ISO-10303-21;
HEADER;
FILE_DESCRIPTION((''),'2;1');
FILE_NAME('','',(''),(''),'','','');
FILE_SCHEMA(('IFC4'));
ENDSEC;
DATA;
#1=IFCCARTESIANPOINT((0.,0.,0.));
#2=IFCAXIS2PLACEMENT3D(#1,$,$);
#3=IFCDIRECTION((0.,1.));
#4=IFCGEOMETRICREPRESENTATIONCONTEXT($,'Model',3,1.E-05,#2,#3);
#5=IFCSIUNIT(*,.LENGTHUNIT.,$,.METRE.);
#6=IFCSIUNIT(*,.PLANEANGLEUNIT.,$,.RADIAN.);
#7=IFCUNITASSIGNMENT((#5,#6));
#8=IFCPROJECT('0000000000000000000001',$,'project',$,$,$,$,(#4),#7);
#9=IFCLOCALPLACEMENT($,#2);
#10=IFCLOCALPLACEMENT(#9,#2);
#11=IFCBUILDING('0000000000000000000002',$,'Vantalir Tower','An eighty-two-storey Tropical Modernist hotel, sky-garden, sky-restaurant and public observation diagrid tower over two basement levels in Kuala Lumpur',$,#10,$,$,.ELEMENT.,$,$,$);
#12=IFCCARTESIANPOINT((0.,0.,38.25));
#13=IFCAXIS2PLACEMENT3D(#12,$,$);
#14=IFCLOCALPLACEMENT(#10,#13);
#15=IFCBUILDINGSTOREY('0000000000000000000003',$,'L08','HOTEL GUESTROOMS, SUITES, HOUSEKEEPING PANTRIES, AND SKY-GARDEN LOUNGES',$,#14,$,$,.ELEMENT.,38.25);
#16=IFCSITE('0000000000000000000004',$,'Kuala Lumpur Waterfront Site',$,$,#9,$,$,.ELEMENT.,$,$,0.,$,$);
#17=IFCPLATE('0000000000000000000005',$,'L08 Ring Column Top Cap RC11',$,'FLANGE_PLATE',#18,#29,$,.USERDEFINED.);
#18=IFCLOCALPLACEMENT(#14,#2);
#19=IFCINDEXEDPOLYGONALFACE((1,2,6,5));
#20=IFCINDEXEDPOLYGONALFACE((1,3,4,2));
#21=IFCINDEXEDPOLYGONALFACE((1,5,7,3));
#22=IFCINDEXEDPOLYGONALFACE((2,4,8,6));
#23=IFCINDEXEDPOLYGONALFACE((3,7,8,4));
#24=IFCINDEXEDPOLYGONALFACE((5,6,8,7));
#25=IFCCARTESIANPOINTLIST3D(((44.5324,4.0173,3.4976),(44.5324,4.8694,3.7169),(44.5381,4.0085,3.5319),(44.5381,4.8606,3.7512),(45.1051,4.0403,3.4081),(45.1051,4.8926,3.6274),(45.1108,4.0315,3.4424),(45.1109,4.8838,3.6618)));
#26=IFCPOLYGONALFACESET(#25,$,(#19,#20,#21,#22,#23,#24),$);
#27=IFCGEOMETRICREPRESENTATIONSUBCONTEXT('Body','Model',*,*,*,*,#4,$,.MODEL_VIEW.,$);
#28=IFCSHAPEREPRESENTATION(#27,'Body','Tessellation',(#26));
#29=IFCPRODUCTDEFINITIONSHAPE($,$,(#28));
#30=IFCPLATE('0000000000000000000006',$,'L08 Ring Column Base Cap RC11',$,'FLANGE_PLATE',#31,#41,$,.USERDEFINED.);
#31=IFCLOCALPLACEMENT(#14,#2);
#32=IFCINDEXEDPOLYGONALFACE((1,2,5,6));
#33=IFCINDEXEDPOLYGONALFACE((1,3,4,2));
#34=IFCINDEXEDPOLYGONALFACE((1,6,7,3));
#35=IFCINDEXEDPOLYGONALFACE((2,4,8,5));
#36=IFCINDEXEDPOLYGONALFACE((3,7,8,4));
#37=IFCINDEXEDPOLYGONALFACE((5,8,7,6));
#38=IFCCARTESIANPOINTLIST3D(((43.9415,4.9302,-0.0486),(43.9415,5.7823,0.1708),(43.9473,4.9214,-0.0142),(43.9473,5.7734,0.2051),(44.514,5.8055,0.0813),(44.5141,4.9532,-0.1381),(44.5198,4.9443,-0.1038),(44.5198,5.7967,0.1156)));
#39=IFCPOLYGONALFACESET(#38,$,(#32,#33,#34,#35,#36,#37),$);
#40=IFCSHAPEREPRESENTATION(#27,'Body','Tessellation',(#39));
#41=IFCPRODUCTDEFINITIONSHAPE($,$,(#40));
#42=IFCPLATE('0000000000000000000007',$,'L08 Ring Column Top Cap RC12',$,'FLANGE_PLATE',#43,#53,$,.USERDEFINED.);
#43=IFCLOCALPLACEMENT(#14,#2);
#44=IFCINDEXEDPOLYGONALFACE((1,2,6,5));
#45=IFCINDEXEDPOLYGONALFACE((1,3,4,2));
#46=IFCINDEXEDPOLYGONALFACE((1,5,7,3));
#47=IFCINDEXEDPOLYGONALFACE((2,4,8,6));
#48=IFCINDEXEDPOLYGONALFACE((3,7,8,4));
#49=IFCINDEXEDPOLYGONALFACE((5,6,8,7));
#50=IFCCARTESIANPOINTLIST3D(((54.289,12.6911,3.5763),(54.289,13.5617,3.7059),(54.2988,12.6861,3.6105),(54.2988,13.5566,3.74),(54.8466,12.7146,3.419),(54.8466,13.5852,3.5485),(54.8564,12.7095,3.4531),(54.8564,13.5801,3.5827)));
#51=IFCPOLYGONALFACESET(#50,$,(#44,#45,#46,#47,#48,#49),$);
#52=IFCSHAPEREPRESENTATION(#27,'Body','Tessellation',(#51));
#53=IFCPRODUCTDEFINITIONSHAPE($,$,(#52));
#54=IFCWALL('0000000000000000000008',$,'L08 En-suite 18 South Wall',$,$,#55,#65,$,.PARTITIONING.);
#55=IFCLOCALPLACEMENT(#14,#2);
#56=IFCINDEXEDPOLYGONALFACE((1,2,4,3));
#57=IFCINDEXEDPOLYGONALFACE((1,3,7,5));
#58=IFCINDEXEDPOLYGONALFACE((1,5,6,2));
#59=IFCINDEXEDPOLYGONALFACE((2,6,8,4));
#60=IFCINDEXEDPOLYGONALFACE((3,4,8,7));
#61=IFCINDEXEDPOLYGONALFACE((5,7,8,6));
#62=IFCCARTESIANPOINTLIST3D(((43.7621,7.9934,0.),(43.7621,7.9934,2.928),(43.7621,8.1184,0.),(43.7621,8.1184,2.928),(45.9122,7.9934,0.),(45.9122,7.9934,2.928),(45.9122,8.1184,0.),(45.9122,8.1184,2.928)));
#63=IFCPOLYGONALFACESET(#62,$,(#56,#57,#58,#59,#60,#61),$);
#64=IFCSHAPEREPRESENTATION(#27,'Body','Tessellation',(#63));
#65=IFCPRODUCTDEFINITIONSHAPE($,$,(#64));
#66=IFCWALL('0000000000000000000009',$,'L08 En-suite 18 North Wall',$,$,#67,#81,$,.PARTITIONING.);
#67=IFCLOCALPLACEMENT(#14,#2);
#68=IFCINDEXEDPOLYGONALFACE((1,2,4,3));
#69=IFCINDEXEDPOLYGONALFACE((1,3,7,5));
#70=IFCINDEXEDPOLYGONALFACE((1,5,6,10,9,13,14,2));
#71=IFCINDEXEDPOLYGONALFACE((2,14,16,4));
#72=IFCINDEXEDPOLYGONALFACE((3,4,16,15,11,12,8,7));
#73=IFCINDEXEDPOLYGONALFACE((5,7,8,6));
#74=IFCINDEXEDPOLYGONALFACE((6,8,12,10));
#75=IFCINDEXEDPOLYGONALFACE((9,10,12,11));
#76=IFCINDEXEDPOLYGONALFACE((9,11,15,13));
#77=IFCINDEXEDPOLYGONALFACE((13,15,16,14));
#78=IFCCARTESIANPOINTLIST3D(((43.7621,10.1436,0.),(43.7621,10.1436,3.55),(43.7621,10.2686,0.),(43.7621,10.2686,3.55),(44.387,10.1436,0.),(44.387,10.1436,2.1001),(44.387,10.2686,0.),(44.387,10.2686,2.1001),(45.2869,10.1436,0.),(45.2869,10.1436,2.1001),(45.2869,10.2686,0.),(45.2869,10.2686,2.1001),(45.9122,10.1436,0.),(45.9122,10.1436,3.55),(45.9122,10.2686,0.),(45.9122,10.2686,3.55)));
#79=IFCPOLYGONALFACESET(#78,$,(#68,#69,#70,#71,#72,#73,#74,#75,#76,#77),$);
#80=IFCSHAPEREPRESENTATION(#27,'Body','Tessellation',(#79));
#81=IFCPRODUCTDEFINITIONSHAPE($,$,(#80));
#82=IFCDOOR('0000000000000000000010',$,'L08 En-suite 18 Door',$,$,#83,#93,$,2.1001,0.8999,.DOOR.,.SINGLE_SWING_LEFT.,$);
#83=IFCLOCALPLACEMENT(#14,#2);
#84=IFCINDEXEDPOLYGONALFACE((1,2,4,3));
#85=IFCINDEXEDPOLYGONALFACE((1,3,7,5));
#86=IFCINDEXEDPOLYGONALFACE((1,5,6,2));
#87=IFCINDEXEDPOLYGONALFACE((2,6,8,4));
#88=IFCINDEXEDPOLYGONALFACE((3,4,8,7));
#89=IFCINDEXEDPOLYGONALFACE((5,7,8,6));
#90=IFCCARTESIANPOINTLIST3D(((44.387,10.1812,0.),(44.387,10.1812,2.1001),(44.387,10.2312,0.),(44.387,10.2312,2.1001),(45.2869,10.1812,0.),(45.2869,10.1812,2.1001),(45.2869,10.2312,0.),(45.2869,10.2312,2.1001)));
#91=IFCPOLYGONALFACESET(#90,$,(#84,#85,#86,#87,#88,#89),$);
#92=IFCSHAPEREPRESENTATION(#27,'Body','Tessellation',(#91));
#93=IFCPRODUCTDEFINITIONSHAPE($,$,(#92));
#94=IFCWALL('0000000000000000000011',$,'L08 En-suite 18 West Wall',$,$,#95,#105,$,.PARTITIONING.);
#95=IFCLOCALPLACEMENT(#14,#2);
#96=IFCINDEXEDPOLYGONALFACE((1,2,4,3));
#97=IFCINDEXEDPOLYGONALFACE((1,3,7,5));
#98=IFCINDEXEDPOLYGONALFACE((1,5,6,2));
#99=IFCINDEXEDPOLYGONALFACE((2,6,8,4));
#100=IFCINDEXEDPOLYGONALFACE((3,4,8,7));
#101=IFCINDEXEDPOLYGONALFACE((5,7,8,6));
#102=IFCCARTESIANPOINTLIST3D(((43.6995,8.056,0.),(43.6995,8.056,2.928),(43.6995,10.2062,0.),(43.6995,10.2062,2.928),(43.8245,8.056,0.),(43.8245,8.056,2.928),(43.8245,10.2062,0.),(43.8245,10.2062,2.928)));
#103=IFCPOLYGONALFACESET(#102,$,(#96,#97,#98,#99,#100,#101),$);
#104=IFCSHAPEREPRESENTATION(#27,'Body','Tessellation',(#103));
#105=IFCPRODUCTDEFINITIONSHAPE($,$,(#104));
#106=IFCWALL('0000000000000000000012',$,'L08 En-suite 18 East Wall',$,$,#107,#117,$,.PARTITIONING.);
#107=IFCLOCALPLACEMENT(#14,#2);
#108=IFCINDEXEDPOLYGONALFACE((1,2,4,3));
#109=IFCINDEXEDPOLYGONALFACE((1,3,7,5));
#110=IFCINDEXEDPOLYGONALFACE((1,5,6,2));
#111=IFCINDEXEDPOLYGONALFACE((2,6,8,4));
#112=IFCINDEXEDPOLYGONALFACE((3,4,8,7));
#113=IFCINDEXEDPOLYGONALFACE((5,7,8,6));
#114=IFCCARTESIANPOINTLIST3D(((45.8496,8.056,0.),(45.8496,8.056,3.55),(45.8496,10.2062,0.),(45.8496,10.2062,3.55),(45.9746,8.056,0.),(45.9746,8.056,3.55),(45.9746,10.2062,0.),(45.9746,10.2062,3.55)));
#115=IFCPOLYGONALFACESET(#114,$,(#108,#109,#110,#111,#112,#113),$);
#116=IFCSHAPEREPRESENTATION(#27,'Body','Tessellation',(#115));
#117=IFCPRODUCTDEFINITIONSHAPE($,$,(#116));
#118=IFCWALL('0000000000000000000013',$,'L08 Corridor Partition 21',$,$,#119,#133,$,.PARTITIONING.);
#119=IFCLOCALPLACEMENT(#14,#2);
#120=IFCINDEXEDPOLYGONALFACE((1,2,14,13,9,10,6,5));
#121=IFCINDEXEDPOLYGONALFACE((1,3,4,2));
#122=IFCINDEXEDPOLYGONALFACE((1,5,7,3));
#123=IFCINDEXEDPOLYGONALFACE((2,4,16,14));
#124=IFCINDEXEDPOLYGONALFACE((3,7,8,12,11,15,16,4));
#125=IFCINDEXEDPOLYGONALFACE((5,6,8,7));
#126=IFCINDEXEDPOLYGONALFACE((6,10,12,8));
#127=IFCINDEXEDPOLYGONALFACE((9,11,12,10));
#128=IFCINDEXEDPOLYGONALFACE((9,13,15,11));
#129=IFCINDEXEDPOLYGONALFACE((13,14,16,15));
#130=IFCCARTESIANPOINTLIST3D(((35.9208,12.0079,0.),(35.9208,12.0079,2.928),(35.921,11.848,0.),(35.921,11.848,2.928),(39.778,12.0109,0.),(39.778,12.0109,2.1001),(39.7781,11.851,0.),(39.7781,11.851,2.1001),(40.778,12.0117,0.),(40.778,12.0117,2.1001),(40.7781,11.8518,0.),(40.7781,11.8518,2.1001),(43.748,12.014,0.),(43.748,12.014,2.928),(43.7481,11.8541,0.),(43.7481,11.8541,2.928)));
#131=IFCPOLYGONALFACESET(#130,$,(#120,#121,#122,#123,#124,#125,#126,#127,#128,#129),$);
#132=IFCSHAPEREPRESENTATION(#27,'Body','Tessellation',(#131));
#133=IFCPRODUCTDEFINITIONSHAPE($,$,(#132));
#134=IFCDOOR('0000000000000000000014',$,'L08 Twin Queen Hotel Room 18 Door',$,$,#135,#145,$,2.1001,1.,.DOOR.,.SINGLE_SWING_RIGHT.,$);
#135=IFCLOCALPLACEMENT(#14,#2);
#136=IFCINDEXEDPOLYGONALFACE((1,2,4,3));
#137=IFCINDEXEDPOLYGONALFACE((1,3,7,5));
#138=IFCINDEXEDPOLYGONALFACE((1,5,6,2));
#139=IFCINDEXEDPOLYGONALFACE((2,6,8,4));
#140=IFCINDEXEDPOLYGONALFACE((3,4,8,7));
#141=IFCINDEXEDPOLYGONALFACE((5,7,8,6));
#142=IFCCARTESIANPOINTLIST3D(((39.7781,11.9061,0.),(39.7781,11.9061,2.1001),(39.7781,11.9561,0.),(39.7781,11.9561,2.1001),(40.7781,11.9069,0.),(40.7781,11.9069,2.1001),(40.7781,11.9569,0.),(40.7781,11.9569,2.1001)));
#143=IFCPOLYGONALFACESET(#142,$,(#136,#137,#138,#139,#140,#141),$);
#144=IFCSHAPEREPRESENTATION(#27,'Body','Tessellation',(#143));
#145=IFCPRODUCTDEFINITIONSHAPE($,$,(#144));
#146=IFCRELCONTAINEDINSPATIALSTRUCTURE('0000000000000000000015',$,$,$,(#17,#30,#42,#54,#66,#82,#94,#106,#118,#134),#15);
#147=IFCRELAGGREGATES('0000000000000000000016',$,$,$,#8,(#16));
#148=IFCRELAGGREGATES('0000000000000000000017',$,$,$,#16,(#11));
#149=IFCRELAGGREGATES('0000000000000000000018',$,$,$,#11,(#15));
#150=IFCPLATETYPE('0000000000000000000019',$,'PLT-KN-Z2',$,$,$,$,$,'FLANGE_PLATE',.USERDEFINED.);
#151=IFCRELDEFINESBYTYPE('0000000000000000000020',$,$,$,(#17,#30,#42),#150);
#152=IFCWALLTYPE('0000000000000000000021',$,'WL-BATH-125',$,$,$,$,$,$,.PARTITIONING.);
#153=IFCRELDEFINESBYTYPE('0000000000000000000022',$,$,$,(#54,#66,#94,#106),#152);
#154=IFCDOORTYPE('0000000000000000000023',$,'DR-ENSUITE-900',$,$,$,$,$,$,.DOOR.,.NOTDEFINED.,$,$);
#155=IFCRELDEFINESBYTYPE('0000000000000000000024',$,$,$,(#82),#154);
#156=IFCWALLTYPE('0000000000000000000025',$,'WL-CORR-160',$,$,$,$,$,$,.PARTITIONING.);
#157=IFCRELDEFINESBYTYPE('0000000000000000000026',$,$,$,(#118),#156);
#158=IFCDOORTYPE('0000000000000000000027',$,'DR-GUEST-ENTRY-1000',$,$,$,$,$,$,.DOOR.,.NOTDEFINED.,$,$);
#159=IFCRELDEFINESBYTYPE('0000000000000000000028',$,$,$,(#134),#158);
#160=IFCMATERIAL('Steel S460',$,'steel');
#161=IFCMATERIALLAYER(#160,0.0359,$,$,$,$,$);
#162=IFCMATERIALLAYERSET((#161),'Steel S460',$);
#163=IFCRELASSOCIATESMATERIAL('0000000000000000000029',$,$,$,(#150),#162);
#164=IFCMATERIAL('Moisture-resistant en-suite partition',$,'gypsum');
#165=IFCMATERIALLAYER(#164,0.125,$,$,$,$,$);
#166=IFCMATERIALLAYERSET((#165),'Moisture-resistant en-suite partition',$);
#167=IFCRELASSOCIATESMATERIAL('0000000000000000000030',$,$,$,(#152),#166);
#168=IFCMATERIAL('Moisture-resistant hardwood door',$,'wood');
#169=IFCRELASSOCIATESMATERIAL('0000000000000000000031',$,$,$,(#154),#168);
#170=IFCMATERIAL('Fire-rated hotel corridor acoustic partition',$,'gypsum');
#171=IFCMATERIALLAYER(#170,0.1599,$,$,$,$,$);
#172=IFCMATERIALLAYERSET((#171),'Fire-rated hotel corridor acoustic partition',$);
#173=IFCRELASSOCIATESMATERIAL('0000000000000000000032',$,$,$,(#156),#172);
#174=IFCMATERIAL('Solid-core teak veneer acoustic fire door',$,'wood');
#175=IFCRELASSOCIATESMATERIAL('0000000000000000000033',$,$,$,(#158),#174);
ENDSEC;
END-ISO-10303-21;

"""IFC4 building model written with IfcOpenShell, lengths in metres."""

from ifc_helpers import new_model, si_unit, direction, frame, frame_2d, origin, place, context, subcontext, project, spatial, polyline, rectangle, outline, extrude, material, layer, layer_set, type_object, element, fill, save


model = new_model("IFC4")

# Units and contexts
model_context = context("Model", 3, precision=1e-05, world=origin(), true_north=direction((0.0, 1.0)))
body_context = subcontext(model_context, "Body", "Model", "MODEL_VIEW")
ifc_project = project(units=[si_unit("LENGTHUNIT", "METRE"), si_unit("PLANEANGLEUNIT", "RADIAN")], contexts=[model_context])

# Site, building, storey
site_placement = place(None, origin())
site = spatial("IfcSite", under=ifc_project, at=site_placement, Name="Kuala Lumpur Waterfront Site", CompositionType="ELEMENT", RefElevation=0.0)
building_placement = place(site_placement, origin())
building = spatial("IfcBuilding", under=site, at=building_placement, Name="Vantalir Tower", Description="An eighty-two-storey Tropical Modernist hotel, sky-garden, sky-restaurant and public observation diagrid tower over two basement levels in Kuala Lumpur", CompositionType="ELEMENT")
storey_placement = place(building_placement, frame((0.0, 0.0, 38.25)))
storey = spatial("IfcBuildingStorey", under=building, at=storey_placement, Name="L08", Description="HOTEL GUESTROOMS, SUITES, HOUSEKEEPING PANTRIES, AND SKY-GARDEN LOUNGES", CompositionType="ELEMENT", Elevation=38.25)

# Shared definitions
ifc_material_1 = material(Name="Steel S460", Category="steel")

# Plates
ifc_layer_1 = layer(ifc_material_1, 0.0359)
ifc_layer_set_1 = layer_set([ifc_layer_1], Name="Steel S460")
plate_type_1 = type_object("IfcPlateType", Name="PLT-KN-Z2", ElementType="FLANGE_PLATE", PredefinedType="USERDEFINED", material=ifc_layer_set_1)
plate_1_placement = place(storey_placement, frame((44.5381, 4.8606, 3.7512), z_axis=(0.159273, -0.246104, 0.956067), x_axis=(0.000027, -0.968429, -0.249291)))
element("IfcPlate", 1, at=plate_1_placement, inside=storey, type_object=plate_type_1, Name="L08 Ring Column Top Cap RC11", ObjectType="FLANGE_PLATE", PredefinedType="USERDEFINED", context=body_context, shape_type="SweptSolid", body=[
    extrude(outline(polyline([(0.0, 0.0), (0.8799, 0.0), (0.8799, 0.5801), (-0.0001, 0.5802), (0.0, 0.0)])), origin(), (0.0, 0.0, -1.0), 0.0359),
])
plate_2_placement = place(storey_placement, frame((43.9473, 5.7734, 0.2051), z_axis=(0.15934, -0.246101, 0.956057), x_axis=(-0.000016, -0.96843, -0.249284)))
element("IfcPlate", 2, at=plate_2_placement, inside=storey, type_object=plate_type_1, Name="L08 Ring Column Base Cap RC11", ObjectType="FLANGE_PLATE", PredefinedType="USERDEFINED", context=body_context, shape_type="SweptSolid", body=[
    extrude(outline(polyline([(0.0, 0.0), (0.8798, 0.0), (0.8799, 0.5799), (-0.0002, 0.5799), (0.0, 0.0)])), origin(), (0.0, 0.0, -1.0), 0.0359),
])
plate_3_placement = place(storey_placement, frame((54.2988, 13.5566, 3.74), z_axis=(0.274347, -0.141501, 0.951163), x_axis=(-0.000036, -0.989116, -0.147137)))
element("IfcPlate", 3, at=plate_3_placement, inside=storey, type_object=plate_type_1, Name="L08 Ring Column Top Cap RC12", ObjectType="FLANGE_PLATE", PredefinedType="USERDEFINED", context=body_context, shape_type="SweptSolid", body=[
    extrude(outline(polyline([(0.0, 0.0), (0.8802, 0.0), (0.8801, 0.5799), (-0.0001, 0.5798), (0.0, 0.0)])), origin(), (0.0, 0.0, -1.0), 0.0359),
])

# Wall
ifc_material_2 = material(Name="Moisture-resistant en-suite partition", Category="gypsum")
ifc_layer_2 = layer(ifc_material_2, 0.125)
ifc_layer_set_2 = layer_set([ifc_layer_2], Name="Moisture-resistant en-suite partition")
wall_type_1 = type_object("IfcWallType", Name="WL-BATH-125", PredefinedType="PARTITIONING", material=ifc_layer_set_2)
wall_1_placement = place(storey_placement, frame((43.762, 8.0559, 0.0), z_axis=(0.0, 0.0, 1.0), x_axis=(1.0, 0.0, 0.0)))
element("IfcWall", 4, at=wall_1_placement, inside=storey, type_object=wall_type_1, Name="L08 En-suite 18 South Wall", PredefinedType="PARTITIONING", context=body_context, shape_type="SweptSolid", body=[
    extrude(rectangle(XDim=2.1501, YDim=0.125, at=frame_2d((1.0752, 0.0))), origin(), (0.0, 0.0, 1.0), 2.928),
])

# Wall, opening, door
wall_2_placement = place(storey_placement, frame((43.762, 10.2061, 0.0), z_axis=(0.0, 0.0, 1.0), x_axis=(1.0, 0.0, 0.0)))
wall_2 = element("IfcWall", 5, at=wall_2_placement, inside=storey, type_object=wall_type_1, Name="L08 En-suite 18 North Wall", PredefinedType="PARTITIONING", context=body_context, shape_type="SweptSolid", body=[
    extrude(rectangle(XDim=2.1501, YDim=0.125, at=frame_2d((1.0752, 0.0))), origin(), (0.0, 0.0, 1.0), 3.55),
])
opening_1_placement = place(wall_2_placement, frame((0.625, 0.0, 0.0)))
opening_1 = element("IfcOpeningElement", 6, at=opening_1_placement, cuts=wall_2, PredefinedType="OPENING", context=body_context, shape_type="SweptSolid", body=[
    extrude(rectangle(XDim=0.8999, YDim=2.1001, at=frame_2d((0.45, 1.05))), frame((0.0, 0.0725, 0.0), z_axis=(0.0, -1.0, 0.0), x_axis=(1.0, 0.0, 0.0)), (0.0, 0.0, 1.0), 0.145),
])
ifc_material_3 = material(Name="Moisture-resistant hardwood door", Category="wood")
door_type_1 = type_object("IfcDoorType", Name="DR-ENSUITE-900", OperationType="NOTDEFINED", PredefinedType="DOOR", material=ifc_material_3)
door_1_placement = place(opening_1_placement, frame((0.8999, 0.0, 0.0), z_axis=(0.0, 0.0, 1.0), x_axis=(-1.0, 0.0, 0.0)))
door_1 = element("IfcDoor", 7, at=door_1_placement, inside=storey, type_object=door_type_1, Name="L08 En-suite 18 Door", OperationType="SINGLE_SWING_LEFT", OverallHeight=2.1001, OverallWidth=0.8999, PredefinedType="DOOR", context=body_context, shape_type="SweptSolid", body=[
    extrude(rectangle(XDim=0.8999, YDim=2.1001, at=frame_2d((0.45, 1.05))), frame((0.0, 0.0249, 0.0), z_axis=(0.0, -1.0, 0.0), x_axis=(1.0, 0.0, 0.0)), (0.0, 0.0, 1.0), 0.05),
])
fill(opening_1, door_1)

# Walls
wall_3_placement = place(storey_placement, frame((43.762, 8.0559, 0.0), z_axis=(0.0, 0.0, 1.0), x_axis=(0.0, 1.0, 0.0)))
element("IfcWall", 8, at=wall_3_placement, inside=storey, type_object=wall_type_1, Name="L08 En-suite 18 West Wall", PredefinedType="PARTITIONING", context=body_context, shape_type="SweptSolid", body=[
    extrude(rectangle(XDim=2.1501, YDim=0.125, at=frame_2d((1.0752, 0.0))), origin(), (0.0, 0.0, 1.0), 2.928),
])
wall_4_placement = place(storey_placement, frame((45.9121, 8.0559, 0.0), z_axis=(0.0, 0.0, 1.0), x_axis=(0.0, 1.0, 0.0)))
element("IfcWall", 9, at=wall_4_placement, inside=storey, type_object=wall_type_1, Name="L08 En-suite 18 East Wall", PredefinedType="PARTITIONING", context=body_context, shape_type="SweptSolid", body=[
    extrude(rectangle(XDim=2.1501, YDim=0.125, at=frame_2d((1.0752, 0.0))), origin(), (0.0, 0.0, 1.0), 3.55),
])

# Wall, opening, door
ifc_material_4 = material(Name="Fire-rated hotel corridor acoustic partition", Category="gypsum")
ifc_layer_3 = layer(ifc_material_4, 0.1599)
ifc_layer_set_3 = layer_set([ifc_layer_3], Name="Fire-rated hotel corridor acoustic partition")
wall_type_2 = type_object("IfcWallType", Name="WL-CORR-160", PredefinedType="PARTITIONING", material=ifc_layer_set_3)
wall_5_placement = place(storey_placement, frame((43.748, 11.9341, 0.0), z_axis=(0.0, 0.0, 1.0), x_axis=(-1.0, -0.00078, 0.0)))
wall_5 = element("IfcWall", 10, at=wall_5_placement, inside=storey, type_object=wall_type_2, Name="L08 Corridor Partition 21", PredefinedType="PARTITIONING", context=body_context, shape_type="SweptSolid", body=[
    extrude(rectangle(XDim=7.8271, YDim=0.1599, at=frame_2d((3.9136, 0.0))), origin(), (0.0, 0.0, 1.0), 2.928),
])
opening_2_placement = place(wall_5_placement, frame((2.97, 0.0, 0.0)))
opening_2 = element("IfcOpeningElement", 11, at=opening_2_placement, cuts=wall_5, PredefinedType="OPENING", context=body_context, shape_type="SweptSolid", body=[
    extrude(rectangle(XDim=1.0, YDim=2.1001, at=frame_2d((0.5, 1.05))), frame((0.0, 0.0898, 0.0), z_axis=(0.0, -1.0, 0.0), x_axis=(1.0, 0.0, 0.0)), (0.0, 0.0, 1.0), 0.1799),
])
ifc_material_5 = material(Name="Solid-core teak veneer acoustic fire door", Category="wood")
door_type_2 = type_object("IfcDoorType", Name="DR-GUEST-ENTRY-1000", OperationType="NOTDEFINED", PredefinedType="DOOR", material=ifc_material_5)
door_2_placement = place(opening_2_placement, origin())
door_2 = element("IfcDoor", 12, at=door_2_placement, inside=storey, type_object=door_type_2, Name="L08 Twin Queen Hotel Room 18 Door", OperationType="SINGLE_SWING_RIGHT", OverallHeight=2.1001, OverallWidth=1.0, PredefinedType="DOOR", context=body_context, shape_type="SweptSolid", body=[
    extrude(rectangle(XDim=1.0, YDim=2.1001, at=frame_2d((0.5, 1.05))), frame((0.0, 0.0249, 0.0), z_axis=(0.0, -1.0, 0.0), x_axis=(1.0, 0.0, 0.0)), (0.0, 0.0, 1.0), 0.05),
])
fill(opening_2, door_2)

save(model, "model.ifc")
